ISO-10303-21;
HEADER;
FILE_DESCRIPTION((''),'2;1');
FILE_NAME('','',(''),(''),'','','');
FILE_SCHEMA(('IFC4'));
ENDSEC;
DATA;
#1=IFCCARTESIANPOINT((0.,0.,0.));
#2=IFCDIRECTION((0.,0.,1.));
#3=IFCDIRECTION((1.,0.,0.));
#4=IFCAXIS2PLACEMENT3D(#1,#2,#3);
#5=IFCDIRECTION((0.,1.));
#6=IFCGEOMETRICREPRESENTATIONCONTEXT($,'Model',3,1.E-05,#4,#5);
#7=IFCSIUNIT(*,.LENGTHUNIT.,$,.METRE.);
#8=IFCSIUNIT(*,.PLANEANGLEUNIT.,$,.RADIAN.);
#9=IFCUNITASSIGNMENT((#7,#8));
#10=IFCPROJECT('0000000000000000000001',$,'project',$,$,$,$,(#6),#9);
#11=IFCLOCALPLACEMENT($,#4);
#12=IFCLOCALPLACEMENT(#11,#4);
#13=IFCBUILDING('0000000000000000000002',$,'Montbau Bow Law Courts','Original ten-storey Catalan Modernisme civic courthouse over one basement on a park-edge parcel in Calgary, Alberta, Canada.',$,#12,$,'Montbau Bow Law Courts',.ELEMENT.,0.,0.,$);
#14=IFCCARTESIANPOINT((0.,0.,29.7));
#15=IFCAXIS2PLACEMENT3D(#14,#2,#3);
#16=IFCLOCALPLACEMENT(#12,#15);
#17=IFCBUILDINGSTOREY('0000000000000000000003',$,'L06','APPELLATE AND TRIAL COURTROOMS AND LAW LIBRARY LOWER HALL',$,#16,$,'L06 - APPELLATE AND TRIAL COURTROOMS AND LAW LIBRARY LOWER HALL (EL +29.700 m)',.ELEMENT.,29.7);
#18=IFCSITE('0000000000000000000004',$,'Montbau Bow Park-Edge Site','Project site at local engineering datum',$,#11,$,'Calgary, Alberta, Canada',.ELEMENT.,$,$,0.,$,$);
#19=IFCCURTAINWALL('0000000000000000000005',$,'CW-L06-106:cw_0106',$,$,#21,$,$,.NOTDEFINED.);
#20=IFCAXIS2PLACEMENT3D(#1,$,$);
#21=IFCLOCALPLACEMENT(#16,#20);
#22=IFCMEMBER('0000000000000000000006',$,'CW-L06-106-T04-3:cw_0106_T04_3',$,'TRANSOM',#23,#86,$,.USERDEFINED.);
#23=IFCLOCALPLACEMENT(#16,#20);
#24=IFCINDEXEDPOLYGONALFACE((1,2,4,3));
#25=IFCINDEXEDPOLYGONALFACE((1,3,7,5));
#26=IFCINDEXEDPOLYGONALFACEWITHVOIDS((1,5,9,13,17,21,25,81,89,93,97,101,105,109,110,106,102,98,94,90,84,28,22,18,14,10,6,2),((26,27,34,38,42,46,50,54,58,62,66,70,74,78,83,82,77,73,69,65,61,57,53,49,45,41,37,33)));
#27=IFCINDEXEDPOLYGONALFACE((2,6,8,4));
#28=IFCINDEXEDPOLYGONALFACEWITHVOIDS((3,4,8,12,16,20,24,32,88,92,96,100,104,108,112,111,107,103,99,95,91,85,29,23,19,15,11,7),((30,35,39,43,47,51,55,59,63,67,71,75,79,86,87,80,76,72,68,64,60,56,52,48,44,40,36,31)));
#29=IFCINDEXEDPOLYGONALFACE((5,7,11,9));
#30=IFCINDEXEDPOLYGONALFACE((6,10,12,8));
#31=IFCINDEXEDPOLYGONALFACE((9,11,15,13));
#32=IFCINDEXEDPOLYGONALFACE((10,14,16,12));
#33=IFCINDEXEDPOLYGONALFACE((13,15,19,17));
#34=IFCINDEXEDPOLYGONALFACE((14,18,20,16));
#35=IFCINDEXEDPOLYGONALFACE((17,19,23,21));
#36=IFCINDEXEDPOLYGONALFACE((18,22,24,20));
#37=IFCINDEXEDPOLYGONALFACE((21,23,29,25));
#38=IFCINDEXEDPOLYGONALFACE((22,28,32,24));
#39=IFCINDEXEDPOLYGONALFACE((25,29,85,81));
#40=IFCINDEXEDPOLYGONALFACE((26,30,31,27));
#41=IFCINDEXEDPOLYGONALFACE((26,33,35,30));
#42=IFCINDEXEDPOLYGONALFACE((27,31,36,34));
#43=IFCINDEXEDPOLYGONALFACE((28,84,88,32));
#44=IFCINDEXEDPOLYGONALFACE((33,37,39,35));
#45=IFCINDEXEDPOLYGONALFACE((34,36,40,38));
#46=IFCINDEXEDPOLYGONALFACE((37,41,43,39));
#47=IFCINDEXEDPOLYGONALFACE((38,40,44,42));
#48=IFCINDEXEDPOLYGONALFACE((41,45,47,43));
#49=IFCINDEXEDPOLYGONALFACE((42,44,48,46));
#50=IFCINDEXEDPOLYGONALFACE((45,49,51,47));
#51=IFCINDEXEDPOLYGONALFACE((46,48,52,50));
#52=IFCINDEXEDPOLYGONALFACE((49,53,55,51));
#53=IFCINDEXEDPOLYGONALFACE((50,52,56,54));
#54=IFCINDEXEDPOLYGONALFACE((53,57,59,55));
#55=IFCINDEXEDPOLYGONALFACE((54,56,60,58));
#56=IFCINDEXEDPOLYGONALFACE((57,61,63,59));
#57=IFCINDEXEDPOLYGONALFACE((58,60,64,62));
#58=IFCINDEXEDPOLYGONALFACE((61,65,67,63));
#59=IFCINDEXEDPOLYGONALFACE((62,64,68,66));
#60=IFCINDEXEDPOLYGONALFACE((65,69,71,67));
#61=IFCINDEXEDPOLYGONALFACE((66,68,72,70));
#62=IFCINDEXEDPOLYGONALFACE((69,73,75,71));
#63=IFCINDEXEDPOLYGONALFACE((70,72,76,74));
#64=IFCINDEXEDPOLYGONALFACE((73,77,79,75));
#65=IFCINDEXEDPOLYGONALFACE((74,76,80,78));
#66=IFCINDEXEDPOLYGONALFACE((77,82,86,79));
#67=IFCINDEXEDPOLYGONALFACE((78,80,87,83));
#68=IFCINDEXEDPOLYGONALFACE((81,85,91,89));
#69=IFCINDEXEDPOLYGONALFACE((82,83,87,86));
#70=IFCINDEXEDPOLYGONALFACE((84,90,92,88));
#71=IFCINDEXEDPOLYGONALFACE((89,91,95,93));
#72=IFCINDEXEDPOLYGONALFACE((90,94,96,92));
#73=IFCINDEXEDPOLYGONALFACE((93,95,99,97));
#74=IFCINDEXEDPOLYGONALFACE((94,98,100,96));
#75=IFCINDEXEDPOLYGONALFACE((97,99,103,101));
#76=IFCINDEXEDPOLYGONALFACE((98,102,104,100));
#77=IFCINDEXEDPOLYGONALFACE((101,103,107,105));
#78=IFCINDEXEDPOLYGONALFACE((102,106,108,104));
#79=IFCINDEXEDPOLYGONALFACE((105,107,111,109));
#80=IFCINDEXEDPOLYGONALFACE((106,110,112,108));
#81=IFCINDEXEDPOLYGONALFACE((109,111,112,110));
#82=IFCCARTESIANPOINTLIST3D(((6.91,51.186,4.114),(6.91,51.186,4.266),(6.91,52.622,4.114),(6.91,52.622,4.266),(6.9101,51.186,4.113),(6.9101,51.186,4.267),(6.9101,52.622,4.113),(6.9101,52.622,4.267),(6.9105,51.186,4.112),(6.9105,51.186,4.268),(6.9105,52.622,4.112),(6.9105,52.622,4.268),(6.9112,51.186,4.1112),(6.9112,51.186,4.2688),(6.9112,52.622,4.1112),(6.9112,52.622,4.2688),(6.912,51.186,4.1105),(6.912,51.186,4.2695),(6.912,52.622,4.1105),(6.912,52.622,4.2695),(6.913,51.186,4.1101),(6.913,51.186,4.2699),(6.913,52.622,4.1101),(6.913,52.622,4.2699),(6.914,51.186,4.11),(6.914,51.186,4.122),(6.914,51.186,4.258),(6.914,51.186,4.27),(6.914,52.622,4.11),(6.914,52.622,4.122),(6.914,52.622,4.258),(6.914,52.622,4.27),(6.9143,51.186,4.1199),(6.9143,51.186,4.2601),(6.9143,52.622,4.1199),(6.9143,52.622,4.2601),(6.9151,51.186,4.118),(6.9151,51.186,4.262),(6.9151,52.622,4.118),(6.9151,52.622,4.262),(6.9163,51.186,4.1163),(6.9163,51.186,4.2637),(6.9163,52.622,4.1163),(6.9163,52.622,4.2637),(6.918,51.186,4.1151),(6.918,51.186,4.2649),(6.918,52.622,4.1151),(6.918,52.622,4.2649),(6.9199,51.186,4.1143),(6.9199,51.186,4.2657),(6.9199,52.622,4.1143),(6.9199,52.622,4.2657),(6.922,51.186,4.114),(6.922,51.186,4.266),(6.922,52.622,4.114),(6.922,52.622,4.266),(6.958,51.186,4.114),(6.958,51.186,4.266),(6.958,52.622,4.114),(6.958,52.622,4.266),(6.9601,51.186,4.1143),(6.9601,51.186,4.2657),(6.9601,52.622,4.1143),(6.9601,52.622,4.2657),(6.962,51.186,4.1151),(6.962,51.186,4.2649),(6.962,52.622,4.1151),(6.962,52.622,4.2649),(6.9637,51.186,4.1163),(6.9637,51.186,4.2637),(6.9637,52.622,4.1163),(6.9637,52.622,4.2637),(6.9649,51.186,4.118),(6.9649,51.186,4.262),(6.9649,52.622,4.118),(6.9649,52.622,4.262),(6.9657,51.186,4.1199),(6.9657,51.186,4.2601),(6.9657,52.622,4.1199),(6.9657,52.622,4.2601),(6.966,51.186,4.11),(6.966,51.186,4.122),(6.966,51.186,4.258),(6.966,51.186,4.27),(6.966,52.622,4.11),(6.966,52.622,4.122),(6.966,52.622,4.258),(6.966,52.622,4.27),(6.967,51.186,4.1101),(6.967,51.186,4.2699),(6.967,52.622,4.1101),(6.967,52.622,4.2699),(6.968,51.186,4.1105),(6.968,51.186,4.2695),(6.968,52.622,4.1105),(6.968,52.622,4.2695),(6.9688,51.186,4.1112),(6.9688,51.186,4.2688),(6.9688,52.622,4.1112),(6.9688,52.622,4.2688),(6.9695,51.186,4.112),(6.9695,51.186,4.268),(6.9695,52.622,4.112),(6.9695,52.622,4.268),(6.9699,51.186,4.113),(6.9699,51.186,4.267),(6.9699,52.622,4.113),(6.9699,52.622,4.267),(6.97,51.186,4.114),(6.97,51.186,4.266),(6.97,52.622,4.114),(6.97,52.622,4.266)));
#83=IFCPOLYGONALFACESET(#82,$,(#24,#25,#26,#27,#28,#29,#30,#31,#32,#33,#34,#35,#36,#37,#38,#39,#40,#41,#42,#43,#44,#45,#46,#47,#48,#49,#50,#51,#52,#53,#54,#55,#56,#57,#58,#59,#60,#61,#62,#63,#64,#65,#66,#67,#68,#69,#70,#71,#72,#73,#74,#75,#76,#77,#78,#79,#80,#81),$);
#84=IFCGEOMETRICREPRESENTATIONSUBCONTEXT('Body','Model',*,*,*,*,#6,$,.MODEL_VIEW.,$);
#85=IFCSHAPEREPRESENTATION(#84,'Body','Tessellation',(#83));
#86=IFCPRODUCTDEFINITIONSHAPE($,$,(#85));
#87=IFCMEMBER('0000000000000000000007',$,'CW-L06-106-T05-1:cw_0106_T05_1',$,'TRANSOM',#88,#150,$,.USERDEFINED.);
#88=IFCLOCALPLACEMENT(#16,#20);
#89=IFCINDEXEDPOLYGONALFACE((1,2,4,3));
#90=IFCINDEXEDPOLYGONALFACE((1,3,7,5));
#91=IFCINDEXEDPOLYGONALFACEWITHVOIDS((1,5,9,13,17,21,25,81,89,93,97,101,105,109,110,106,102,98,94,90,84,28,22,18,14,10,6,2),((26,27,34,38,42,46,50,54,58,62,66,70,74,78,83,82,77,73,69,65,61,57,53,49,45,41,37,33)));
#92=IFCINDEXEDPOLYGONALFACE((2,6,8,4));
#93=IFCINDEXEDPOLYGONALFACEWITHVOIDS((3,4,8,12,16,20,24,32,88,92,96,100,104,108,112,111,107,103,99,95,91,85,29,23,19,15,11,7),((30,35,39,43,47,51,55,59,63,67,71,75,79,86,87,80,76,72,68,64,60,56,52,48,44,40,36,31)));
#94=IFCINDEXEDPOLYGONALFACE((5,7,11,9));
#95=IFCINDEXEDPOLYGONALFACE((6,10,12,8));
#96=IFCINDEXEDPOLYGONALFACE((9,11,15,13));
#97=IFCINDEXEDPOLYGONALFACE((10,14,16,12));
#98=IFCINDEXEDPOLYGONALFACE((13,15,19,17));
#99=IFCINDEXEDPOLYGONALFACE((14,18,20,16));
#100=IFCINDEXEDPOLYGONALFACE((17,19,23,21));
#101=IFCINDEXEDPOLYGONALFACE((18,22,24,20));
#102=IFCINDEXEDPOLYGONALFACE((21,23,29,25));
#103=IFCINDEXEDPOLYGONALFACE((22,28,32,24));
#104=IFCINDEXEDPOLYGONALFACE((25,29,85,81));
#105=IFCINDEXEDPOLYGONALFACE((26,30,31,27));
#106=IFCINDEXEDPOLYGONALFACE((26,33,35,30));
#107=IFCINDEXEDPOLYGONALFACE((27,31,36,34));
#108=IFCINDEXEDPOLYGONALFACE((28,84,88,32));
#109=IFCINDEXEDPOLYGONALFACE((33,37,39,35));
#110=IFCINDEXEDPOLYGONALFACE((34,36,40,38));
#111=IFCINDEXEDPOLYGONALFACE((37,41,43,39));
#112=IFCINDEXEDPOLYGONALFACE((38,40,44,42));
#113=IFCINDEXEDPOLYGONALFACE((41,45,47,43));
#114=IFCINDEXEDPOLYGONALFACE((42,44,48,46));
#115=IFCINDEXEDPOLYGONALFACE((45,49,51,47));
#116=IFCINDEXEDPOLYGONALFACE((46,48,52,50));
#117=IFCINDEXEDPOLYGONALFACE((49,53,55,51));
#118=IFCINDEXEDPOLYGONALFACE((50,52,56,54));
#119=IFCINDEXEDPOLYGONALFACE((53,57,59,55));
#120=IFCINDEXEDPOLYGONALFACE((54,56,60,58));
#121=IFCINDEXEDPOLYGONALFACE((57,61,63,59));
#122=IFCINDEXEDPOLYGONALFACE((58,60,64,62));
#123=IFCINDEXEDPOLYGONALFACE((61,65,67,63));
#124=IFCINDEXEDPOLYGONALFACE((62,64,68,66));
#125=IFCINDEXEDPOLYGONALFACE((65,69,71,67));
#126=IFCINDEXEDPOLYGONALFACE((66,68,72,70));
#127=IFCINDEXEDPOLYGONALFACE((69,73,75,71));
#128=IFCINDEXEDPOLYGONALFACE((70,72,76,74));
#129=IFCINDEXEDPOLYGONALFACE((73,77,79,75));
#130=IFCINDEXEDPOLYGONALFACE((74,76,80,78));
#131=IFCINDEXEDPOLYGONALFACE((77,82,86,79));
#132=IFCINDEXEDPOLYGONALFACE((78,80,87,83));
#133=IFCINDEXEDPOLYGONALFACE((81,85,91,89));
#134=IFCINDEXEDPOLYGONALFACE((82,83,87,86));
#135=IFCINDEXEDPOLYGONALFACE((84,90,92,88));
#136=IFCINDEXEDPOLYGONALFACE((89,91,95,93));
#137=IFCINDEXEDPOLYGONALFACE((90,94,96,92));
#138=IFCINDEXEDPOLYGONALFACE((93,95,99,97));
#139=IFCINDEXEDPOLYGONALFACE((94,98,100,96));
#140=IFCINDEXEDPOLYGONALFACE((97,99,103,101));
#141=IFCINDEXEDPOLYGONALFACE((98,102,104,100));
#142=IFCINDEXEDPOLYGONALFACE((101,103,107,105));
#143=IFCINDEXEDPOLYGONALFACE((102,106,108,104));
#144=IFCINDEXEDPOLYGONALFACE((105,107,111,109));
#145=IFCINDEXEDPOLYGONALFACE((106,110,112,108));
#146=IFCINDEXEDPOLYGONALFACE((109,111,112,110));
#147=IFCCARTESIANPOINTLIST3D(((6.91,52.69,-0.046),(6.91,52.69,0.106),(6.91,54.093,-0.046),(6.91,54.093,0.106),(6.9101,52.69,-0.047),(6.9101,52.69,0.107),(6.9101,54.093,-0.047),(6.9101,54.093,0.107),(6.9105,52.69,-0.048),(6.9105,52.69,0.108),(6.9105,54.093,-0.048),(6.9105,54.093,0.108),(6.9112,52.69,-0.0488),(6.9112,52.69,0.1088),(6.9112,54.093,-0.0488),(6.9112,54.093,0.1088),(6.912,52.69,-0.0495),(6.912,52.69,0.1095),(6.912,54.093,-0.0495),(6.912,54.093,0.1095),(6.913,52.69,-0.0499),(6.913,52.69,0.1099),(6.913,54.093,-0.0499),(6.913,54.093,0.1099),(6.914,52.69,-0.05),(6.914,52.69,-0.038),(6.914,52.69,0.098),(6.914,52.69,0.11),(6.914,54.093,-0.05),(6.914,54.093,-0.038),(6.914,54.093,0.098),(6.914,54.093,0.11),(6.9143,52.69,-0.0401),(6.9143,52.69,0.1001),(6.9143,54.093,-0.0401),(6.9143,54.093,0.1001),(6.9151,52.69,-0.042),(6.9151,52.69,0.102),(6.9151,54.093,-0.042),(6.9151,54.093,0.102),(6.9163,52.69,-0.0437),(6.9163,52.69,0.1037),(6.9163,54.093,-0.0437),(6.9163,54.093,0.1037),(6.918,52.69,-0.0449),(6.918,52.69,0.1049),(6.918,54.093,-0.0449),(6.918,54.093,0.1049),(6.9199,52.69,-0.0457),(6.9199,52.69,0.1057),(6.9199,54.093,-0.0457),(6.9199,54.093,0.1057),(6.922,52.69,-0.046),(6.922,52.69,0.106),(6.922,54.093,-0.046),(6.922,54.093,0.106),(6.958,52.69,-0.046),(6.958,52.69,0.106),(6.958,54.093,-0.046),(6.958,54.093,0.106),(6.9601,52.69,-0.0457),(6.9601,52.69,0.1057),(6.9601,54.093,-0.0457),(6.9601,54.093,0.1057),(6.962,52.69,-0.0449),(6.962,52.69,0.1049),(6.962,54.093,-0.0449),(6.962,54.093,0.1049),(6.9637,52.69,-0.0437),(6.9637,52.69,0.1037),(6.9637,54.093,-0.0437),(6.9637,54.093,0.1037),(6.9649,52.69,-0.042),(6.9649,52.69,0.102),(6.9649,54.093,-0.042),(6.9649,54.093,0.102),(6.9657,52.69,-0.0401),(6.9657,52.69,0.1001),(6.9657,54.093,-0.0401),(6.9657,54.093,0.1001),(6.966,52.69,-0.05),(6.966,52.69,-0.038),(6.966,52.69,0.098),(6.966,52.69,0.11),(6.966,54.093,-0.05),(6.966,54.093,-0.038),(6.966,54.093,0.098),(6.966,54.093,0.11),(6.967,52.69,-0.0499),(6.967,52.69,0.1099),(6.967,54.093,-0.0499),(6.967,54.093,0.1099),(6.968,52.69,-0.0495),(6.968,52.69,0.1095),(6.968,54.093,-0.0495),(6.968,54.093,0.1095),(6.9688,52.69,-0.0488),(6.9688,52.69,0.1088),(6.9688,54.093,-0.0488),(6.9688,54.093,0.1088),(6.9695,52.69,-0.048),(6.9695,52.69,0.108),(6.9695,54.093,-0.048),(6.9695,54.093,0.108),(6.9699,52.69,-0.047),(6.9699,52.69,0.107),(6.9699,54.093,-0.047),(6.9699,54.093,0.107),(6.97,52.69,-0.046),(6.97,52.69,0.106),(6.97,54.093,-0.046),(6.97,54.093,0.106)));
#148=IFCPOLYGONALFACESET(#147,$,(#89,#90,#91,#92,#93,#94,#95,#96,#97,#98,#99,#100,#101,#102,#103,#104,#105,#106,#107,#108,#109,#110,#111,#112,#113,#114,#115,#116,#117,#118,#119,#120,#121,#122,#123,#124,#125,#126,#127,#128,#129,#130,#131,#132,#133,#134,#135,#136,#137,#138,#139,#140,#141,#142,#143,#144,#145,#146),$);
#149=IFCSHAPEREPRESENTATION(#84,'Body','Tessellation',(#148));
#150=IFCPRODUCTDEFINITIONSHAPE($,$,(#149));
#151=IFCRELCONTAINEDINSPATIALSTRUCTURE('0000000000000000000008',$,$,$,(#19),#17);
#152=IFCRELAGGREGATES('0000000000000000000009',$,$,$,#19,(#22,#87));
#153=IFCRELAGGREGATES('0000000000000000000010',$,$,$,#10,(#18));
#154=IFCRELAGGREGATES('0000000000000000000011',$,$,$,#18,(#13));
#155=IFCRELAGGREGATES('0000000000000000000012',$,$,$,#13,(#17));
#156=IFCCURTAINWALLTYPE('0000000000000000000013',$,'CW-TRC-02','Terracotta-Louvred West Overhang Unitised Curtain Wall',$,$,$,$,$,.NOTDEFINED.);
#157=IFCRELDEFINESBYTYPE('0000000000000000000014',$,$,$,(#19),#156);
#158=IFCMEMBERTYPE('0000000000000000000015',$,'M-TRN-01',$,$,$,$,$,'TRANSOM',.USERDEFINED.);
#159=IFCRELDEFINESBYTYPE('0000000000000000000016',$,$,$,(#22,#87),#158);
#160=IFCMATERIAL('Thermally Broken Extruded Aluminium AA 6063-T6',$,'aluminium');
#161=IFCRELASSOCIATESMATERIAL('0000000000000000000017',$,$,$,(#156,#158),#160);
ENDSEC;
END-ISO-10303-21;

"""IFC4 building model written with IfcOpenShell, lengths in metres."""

from ifc_helpers import new_model, si_unit, direction, frame, origin_with_axes, origin_2d_with_axis, place, context, subcontext, project, spatial, hollow_rectangle, extrude, material, material_profile, profile_set, type_object, element, aggregate, save


model = new_model("IFC4")

# Units and contexts
model_context = context("Model", 3, precision=1e-05, world=origin_with_axes(), true_north=direction((0.0, 1.0)))
body_context = subcontext(model_context, "Body", "Model", "MODEL_VIEW")
ifc_project = project(units=[si_unit("LENGTHUNIT", "METRE"), si_unit("PLANEANGLEUNIT", "RADIAN")], contexts=[model_context])

# Site, building, storey
site_placement = place(None, origin_with_axes())
site = spatial("IfcSite", under=ifc_project, at=site_placement, Name="Montbau Bow Park-Edge Site", Description="Project site at local engineering datum", LongName="Calgary, Alberta, Canada", CompositionType="ELEMENT", RefElevation=0.0)
building_placement = place(site_placement, origin_with_axes())
building = spatial("IfcBuilding", under=site, at=building_placement, Name="Montbau Bow Law Courts", Description="Original ten-storey Catalan Modernisme civic courthouse over one basement on a park-edge parcel in Calgary, Alberta, Canada.", LongName="Montbau Bow Law Courts", CompositionType="ELEMENT", ElevationOfRefHeight=0.0, ElevationOfTerrain=0.0)
storey_placement = place(building_placement, frame((0.0, 0.0, 29.7), z_axis=(0.0, 0.0, 1.0), x_axis=(1.0, 0.0, 0.0)))
storey = spatial("IfcBuildingStorey", under=building, at=storey_placement, Name="L06", Description="APPELLATE AND TRIAL COURTROOMS AND LAW LIBRARY LOWER HALL", LongName="L06 - APPELLATE AND TRIAL COURTROOMS AND LAW LIBRARY LOWER HALL (EL +29.700 m)", CompositionType="ELEMENT", Elevation=29.7)

# Curtain wall
ifc_material_1 = material(Name="Thermally Broken Extruded Aluminium AA 6063-T6", Category="aluminium")
curtain_wall_type = type_object("IfcCurtainWallType", Name="CW-TRC-02", Description="Terracotta-Louvred West Overhang Unitised Curtain Wall", PredefinedType="NOTDEFINED", material=ifc_material_1)
curtain_wall_1_placement = place(None, frame((6.94, 46.64, 29.7), z_axis=(0.0, 0.0, 1.0), x_axis=(1.0, 0.0, 0.0)))
curtain_wall_1 = element("IfcCurtainWall", 1, at=curtain_wall_1_placement, inside=storey, type_object=curtain_wall_type, Name="CW-L06-106:cw_0106", PredefinedType="NOTDEFINED")

# Members
ifc_material_profile_1 = material_profile(ifc_material_1, hollow_rectangle(XDim=0.06, YDim=0.16, WallThickness=0.004, InnerFilletRadius=0.008, OuterFilletRadius=0.004, at=origin_2d_with_axis()), Name="CWT-160X60", Category="Main", Priority=0)
ifc_profile_set_1 = profile_set([ifc_material_profile_1], Name="Thermally Broken Extruded Aluminium AA 6063-T6")
member_type_1 = type_object("IfcMemberType", Name="M-TRN-01", ElementType="TRANSOM", PredefinedType="USERDEFINED", material=ifc_profile_set_1)
member_1_placement = place(None, frame((6.94, 51.186, 33.89), z_axis=(0.0, 1.0, 0.0), x_axis=(-1.0, 0.0, 0.0)))
member_1 = element("IfcMember", 2, at=member_1_placement, type_object=member_type_1, Name="CW-L06-106-T04-3:cw_0106_T04_3", ObjectType="TRANSOM", PredefinedType="USERDEFINED", context=body_context, shape_type="SweptSolid", body=[
    extrude(hollow_rectangle(XDim=0.06, YDim=0.16, WallThickness=0.004, InnerFilletRadius=0.008, OuterFilletRadius=0.004, at=origin_2d_with_axis()), origin_with_axes(), (0.0, 0.0, 1.0), 1.436),
])
member_2_placement = place(None, frame((6.94, 52.69, 29.73), z_axis=(0.0, 1.0, 0.0), x_axis=(-1.0, 0.0, 0.0)))
member_2 = element("IfcMember", 3, at=member_2_placement, type_object=member_type_1, Name="CW-L06-106-T05-1:cw_0106_T05_1", ObjectType="TRANSOM", PredefinedType="USERDEFINED", context=body_context, shape_type="SweptSolid", body=[
    extrude(hollow_rectangle(XDim=0.06, YDim=0.16, WallThickness=0.004, InnerFilletRadius=0.008, OuterFilletRadius=0.004, at=origin_2d_with_axis()), origin_with_axes(), (0.0, 0.0, 1.0), 1.403),
])

aggregate(curtain_wall_1, [member_1, member_2])

save(model, "model.ifc")
